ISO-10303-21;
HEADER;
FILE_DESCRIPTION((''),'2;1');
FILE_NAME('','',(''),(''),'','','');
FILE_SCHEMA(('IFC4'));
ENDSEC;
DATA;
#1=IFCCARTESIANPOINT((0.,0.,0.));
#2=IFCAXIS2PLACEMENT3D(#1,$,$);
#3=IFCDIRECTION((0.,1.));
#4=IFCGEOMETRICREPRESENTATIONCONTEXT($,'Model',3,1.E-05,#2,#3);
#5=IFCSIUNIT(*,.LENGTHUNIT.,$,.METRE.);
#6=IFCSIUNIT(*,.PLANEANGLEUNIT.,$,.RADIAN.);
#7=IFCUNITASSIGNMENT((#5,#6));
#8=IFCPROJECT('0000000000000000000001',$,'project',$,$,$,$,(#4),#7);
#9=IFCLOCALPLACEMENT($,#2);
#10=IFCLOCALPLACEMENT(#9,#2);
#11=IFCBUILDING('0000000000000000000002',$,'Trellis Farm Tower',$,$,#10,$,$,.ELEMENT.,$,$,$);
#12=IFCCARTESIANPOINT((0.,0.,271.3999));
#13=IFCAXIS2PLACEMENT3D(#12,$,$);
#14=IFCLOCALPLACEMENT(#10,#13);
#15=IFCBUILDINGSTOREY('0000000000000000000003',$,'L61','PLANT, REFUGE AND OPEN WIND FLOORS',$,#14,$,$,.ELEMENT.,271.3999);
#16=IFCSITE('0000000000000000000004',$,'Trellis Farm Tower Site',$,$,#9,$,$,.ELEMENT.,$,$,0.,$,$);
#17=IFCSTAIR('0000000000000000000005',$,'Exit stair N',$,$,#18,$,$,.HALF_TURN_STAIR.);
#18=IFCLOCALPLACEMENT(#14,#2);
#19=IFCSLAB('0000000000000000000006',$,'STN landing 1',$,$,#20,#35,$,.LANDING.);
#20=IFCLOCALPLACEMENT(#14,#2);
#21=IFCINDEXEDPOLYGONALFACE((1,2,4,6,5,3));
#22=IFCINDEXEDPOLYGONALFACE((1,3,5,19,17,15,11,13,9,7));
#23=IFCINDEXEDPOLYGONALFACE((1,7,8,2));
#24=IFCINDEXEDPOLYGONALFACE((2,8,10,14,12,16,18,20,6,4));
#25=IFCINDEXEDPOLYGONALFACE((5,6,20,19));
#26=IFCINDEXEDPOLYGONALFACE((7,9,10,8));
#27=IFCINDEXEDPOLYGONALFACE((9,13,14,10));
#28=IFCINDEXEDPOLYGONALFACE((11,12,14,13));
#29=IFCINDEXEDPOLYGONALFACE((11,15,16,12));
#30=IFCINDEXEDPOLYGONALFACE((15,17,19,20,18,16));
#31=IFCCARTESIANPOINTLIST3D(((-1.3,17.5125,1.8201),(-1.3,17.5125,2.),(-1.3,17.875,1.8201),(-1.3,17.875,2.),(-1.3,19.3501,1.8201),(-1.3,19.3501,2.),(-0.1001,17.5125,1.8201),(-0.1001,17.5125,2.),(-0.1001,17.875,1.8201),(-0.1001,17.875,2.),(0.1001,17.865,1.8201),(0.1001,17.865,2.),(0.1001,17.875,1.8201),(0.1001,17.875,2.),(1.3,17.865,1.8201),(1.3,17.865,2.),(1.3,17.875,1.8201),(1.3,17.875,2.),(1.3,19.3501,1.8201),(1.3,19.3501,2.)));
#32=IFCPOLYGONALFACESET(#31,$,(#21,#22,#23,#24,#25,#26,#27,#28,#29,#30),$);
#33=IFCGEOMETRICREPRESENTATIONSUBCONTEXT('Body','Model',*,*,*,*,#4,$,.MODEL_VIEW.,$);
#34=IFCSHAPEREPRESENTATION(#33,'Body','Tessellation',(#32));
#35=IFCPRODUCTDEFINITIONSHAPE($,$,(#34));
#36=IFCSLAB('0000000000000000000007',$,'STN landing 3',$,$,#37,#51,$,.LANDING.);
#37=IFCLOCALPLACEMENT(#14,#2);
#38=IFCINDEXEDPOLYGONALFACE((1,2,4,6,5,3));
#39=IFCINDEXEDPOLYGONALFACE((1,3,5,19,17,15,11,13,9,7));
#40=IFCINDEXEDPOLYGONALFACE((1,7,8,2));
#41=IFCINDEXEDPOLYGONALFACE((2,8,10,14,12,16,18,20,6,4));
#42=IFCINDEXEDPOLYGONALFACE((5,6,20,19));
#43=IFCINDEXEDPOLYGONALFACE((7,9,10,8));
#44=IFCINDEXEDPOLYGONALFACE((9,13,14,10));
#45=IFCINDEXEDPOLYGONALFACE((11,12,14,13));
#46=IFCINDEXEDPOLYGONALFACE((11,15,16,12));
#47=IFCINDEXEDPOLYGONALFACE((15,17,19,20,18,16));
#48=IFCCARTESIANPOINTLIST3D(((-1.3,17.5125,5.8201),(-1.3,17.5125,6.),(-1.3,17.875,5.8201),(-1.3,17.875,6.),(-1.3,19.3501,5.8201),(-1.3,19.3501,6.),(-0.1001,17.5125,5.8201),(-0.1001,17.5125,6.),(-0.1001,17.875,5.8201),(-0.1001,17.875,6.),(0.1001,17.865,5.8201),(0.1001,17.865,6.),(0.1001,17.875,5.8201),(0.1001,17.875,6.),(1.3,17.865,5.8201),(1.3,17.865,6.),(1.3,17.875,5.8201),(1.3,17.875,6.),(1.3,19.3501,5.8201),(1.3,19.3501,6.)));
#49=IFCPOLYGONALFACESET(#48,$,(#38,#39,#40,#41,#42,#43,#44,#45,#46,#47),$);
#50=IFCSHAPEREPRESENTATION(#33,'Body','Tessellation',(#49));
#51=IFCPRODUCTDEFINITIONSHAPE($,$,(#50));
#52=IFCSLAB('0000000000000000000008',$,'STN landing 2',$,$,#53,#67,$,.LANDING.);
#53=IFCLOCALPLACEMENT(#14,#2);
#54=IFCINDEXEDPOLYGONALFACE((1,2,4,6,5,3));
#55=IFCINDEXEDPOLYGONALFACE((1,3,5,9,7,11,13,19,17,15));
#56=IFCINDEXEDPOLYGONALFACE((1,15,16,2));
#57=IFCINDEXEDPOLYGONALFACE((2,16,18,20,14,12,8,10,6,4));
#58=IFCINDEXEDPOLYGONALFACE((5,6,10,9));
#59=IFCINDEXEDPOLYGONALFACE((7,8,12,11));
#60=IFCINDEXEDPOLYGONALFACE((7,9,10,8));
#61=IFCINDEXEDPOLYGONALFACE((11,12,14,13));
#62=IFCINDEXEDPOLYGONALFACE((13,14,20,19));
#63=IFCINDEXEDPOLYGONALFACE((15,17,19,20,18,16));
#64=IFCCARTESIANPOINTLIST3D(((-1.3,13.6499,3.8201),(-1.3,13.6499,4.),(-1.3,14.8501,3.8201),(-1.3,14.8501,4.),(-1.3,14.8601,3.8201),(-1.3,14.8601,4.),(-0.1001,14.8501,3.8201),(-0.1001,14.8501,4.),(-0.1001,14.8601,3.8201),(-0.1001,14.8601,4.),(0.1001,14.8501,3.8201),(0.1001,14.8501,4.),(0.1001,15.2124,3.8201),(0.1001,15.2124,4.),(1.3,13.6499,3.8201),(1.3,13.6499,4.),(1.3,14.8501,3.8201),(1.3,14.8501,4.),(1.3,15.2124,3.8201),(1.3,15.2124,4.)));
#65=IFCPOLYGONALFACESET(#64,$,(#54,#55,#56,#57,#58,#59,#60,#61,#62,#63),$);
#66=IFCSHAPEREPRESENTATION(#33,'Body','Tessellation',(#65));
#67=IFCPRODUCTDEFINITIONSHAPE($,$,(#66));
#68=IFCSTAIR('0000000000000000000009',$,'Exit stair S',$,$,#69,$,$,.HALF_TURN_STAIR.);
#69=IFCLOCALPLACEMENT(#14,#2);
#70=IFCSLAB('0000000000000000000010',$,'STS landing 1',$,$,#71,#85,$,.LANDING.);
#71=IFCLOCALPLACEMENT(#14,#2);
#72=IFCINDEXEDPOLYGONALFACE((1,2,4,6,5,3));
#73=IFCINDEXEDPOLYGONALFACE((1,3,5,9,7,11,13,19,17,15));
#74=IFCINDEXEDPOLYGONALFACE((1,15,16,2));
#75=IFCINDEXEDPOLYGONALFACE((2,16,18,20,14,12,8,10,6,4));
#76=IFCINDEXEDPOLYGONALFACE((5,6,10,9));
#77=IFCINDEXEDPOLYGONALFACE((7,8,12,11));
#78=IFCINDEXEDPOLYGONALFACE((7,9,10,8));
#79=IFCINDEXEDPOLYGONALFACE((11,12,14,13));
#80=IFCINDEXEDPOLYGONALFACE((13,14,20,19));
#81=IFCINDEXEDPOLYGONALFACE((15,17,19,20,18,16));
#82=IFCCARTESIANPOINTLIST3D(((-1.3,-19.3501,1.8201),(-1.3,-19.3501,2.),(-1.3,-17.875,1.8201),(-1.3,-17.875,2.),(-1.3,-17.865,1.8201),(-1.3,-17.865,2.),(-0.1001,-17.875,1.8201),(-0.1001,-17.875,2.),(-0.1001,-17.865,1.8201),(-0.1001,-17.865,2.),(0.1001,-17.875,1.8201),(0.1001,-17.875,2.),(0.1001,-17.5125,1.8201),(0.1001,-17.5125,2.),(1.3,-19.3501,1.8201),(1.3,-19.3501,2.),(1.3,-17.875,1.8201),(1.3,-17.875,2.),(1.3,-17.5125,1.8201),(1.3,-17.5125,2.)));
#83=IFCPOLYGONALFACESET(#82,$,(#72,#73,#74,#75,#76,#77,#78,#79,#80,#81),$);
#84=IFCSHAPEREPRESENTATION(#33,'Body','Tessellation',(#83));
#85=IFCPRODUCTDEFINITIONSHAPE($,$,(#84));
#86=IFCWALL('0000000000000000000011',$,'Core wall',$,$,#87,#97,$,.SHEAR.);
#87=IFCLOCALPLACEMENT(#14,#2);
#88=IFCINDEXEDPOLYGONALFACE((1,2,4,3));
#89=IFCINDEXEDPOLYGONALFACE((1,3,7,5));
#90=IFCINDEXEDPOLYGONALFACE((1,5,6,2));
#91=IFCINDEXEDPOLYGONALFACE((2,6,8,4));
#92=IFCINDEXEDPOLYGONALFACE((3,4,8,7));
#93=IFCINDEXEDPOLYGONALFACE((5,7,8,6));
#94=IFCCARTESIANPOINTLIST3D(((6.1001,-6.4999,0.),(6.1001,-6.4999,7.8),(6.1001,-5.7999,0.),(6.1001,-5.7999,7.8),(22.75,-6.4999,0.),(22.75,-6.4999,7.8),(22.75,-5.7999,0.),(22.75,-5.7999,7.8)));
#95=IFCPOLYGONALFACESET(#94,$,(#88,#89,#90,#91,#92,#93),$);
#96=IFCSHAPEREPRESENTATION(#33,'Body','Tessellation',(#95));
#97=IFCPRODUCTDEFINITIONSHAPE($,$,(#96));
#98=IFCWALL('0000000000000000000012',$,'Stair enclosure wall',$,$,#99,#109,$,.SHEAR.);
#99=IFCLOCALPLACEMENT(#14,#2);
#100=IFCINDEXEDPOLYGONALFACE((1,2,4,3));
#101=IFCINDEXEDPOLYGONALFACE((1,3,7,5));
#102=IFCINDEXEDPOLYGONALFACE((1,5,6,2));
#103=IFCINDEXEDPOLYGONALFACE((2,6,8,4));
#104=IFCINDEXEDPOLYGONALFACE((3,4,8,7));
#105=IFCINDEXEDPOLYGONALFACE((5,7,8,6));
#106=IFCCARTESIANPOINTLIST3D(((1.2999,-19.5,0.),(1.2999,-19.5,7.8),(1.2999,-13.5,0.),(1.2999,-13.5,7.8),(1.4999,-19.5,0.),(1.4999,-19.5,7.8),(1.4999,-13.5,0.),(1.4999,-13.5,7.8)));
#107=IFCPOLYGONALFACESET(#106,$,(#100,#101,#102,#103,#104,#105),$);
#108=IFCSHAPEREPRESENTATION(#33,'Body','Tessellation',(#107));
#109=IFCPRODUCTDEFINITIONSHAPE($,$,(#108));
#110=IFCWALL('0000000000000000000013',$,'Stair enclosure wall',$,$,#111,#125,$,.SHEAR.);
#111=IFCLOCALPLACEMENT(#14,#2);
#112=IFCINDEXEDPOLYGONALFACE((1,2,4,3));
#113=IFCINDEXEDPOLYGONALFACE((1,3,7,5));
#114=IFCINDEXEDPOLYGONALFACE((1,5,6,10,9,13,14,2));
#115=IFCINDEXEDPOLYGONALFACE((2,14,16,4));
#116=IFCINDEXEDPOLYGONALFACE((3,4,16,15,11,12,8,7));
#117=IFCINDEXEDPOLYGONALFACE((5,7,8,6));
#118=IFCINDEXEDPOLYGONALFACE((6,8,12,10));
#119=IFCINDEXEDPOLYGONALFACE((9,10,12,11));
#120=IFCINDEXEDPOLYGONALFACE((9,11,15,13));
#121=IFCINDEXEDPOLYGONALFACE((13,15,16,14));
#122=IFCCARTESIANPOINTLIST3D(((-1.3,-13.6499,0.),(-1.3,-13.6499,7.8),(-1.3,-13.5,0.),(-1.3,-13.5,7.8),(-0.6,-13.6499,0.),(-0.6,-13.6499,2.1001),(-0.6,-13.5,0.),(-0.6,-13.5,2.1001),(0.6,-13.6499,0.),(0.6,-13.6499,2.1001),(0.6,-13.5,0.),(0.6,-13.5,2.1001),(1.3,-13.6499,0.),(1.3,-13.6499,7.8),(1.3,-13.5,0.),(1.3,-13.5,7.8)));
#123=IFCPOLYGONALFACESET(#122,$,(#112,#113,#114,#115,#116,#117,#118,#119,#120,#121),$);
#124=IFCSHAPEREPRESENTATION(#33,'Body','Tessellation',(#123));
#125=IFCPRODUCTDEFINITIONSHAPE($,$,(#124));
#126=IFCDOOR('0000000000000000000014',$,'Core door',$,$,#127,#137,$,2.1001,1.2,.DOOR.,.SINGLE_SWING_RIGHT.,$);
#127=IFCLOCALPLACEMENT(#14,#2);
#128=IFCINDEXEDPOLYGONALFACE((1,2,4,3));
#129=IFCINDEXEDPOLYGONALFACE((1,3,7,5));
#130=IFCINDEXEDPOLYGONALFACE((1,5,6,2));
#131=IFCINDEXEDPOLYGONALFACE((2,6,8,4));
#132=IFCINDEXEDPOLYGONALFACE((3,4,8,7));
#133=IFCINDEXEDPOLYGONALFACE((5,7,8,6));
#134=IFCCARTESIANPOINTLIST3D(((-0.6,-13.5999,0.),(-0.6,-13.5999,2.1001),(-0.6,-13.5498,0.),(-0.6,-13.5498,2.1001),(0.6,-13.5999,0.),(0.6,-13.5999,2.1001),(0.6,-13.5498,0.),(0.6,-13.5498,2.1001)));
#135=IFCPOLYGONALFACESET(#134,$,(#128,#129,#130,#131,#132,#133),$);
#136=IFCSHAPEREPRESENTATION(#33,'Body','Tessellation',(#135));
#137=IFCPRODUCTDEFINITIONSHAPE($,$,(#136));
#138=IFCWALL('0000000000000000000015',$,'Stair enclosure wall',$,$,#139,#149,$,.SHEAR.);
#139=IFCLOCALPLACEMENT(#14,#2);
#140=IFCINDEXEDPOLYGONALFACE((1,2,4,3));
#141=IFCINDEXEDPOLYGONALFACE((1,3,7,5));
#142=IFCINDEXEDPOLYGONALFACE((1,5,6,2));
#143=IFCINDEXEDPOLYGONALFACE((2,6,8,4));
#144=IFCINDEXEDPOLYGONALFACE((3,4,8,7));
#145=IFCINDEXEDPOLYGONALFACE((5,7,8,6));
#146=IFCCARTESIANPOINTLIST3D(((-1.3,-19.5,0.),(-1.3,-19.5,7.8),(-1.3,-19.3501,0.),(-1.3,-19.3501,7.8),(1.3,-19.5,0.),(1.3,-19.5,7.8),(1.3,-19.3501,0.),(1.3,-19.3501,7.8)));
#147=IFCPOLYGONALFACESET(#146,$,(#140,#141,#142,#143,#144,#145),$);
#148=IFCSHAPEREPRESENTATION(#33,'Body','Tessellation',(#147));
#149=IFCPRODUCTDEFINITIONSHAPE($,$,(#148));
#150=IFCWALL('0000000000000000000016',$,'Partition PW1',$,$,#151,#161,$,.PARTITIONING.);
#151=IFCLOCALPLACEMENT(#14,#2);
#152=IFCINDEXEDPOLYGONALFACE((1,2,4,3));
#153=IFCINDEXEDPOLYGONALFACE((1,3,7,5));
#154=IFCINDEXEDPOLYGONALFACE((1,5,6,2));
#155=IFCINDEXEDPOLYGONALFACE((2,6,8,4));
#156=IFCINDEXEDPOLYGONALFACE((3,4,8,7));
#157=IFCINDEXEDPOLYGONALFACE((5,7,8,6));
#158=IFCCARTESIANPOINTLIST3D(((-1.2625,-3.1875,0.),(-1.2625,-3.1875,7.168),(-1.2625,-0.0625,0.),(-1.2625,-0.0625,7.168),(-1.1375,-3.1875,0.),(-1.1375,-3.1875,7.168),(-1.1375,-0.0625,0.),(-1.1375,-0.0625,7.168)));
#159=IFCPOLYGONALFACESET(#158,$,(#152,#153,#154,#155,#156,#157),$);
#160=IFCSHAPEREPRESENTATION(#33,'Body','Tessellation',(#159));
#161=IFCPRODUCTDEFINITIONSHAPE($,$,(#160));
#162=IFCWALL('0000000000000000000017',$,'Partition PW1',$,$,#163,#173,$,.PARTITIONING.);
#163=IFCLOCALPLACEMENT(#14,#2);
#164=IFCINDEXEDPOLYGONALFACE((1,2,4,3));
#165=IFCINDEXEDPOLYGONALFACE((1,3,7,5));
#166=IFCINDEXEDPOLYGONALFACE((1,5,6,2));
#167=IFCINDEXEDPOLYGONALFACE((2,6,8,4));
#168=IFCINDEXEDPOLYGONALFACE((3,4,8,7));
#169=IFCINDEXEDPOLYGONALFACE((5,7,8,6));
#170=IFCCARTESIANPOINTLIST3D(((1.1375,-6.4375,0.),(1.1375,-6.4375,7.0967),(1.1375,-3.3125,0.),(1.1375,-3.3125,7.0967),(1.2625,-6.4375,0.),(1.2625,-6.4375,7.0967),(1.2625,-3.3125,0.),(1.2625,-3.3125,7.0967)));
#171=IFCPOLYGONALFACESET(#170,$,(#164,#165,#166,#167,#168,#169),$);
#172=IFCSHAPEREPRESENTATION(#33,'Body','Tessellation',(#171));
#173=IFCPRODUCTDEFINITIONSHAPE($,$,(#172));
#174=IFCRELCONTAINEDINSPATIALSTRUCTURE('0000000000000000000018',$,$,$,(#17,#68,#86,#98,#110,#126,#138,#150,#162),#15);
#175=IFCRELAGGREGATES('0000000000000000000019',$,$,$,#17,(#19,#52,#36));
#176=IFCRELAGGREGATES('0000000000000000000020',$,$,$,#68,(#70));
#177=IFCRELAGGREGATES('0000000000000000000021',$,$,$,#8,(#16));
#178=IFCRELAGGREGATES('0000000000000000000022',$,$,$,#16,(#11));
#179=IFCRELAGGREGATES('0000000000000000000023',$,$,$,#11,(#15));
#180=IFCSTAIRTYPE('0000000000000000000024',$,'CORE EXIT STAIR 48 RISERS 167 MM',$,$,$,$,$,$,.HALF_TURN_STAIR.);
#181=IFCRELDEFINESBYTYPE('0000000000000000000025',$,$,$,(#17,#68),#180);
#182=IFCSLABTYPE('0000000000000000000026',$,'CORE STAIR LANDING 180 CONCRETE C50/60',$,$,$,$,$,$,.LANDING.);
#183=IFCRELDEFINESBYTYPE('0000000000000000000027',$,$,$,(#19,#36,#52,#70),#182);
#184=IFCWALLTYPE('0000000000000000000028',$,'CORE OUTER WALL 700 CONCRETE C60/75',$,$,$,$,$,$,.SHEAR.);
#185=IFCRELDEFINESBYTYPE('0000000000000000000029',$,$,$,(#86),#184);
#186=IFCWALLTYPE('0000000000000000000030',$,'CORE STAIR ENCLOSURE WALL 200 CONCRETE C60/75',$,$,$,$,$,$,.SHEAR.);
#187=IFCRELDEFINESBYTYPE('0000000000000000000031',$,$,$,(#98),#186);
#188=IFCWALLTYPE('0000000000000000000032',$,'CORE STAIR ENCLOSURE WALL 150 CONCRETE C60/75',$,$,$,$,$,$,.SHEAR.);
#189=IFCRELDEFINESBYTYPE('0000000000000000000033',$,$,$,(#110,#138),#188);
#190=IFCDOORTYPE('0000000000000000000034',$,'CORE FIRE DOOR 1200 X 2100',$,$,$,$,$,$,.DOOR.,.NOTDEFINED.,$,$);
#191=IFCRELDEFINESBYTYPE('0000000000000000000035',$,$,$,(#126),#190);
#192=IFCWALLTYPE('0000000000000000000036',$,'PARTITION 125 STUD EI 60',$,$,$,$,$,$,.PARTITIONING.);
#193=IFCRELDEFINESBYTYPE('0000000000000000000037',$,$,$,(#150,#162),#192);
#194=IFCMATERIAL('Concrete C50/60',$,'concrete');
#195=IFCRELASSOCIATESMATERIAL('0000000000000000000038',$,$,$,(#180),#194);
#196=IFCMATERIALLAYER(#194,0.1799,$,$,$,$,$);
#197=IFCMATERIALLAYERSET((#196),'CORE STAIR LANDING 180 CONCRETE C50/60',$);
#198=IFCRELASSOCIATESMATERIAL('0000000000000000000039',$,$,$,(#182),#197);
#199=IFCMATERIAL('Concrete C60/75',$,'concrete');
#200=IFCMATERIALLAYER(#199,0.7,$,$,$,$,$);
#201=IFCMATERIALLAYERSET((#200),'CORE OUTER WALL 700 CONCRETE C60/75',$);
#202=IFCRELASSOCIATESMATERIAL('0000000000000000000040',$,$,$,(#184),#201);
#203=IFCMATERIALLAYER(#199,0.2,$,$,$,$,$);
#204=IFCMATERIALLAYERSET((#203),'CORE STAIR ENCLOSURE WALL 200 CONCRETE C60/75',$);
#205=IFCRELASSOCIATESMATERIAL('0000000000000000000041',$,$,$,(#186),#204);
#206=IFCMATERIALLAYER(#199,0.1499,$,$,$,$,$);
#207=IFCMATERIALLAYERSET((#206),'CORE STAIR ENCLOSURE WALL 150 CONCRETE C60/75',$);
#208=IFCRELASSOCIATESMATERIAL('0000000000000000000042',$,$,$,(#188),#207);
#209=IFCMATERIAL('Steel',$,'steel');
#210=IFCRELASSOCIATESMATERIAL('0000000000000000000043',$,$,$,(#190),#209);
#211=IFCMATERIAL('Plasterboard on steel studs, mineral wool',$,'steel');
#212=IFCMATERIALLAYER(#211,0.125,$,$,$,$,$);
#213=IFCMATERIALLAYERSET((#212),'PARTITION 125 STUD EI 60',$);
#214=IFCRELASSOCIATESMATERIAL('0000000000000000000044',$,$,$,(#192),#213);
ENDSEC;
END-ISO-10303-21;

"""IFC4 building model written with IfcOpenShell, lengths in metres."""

from ifc_helpers import new_model, si_unit, direction, frame, frame_2d, origin, place, context, subcontext, project, spatial, polyline, rectangle, outline, extrude, source, transform, mapped, material, layer, layer_set, type_object, element, fill, aggregate, save


model = new_model("IFC4")

# Units and contexts
model_context = context("Model", 3, precision=1e-05, world=origin(), true_north=direction((0.0, 1.0)))
body_context = subcontext(model_context, "Body", "Model", "MODEL_VIEW")
ifc_project = project(units=[si_unit("LENGTHUNIT", "METRE"), si_unit("PLANEANGLEUNIT", "RADIAN")], contexts=[model_context])

# Site, building, storey
site_placement = place(None, origin())
site = spatial("IfcSite", under=ifc_project, at=site_placement, Name="Trellis Farm Tower Site", CompositionType="ELEMENT", RefElevation=0.0)
building_placement = place(site_placement, origin())
building = spatial("IfcBuilding", under=site, at=building_placement, Name="Trellis Farm Tower", CompositionType="ELEMENT")
storey_placement = place(building_placement, frame((0.0, 0.0, 271.3999)))
storey = spatial("IfcBuildingStorey", under=building, at=storey_placement, Name="L61", Description="PLANT, REFUGE AND OPEN WIND FLOORS", CompositionType="ELEMENT", Elevation=271.3999)

# Shared definitions
ifc_material_1 = material(Name="Concrete C60/75", Category="concrete")

# Stair, slabs
ifc_material_2 = material(Name="Concrete C50/60", Category="concrete")
stair_type = type_object("IfcStairType", Name="CORE EXIT STAIR 48 RISERS 167 MM", PredefinedType="HALF_TURN_STAIR", material=ifc_material_2)
placement_1 = place(storey_placement, origin())
stair_1 = element("IfcStair", 1, at=placement_1, inside=storey, type_object=stair_type, Name="Exit stair N", PredefinedType="HALF_TURN_STAIR")
ifc_layer_1 = layer(ifc_material_2, 0.1799)
ifc_layer_set_1 = layer_set([ifc_layer_1], Name="CORE STAIR LANDING 180 CONCRETE C50/60")
slab_type_1 = type_object("IfcSlabType", Name="CORE STAIR LANDING 180 CONCRETE C50/60", PredefinedType="LANDING", material=ifc_layer_set_1)
shared_shape_1 = source(origin(), body_context, "Body", "SweptSolid", [
    extrude(outline(polyline([(-0.1001, 17.5125), (-1.3, 17.5125), (-1.3, 17.875), (-1.3, 19.3501), (1.3, 19.3501), (1.3, 17.875), (1.3, 17.865), (0.1001, 17.865), (0.1001, 17.875), (-0.1001, 17.875), (-0.1001, 17.5125)])), origin(), (0.0, 0.0, 1.0), 0.1799),
])
placement_2 = place(storey_placement, frame((0.0, 0.0, 1.8201)))
slab_1 = element("IfcSlab", 2, at=placement_2, type_object=slab_type_1, Name="STN landing 1", PredefinedType="LANDING", context=body_context, shape_type="MappedRepresentation", body=[
    mapped(shared_shape_1, transform((0.0, 0.0, 0.0))),
])
slab_2_placement = place(storey_placement, frame((0.0, 0.0, 5.8201)))
slab_2 = element("IfcSlab", 3, at=slab_2_placement, type_object=slab_type_1, Name="STN landing 3", PredefinedType="LANDING", context=body_context, shape_type="MappedRepresentation", body=[
    mapped(shared_shape_1, transform((0.0, 0.0, 0.0))),
])
shared_shape_2 = source(origin(), body_context, "Body", "SweptSolid", [
    extrude(outline(polyline([(1.3, 13.6499), (-1.3, 13.6499), (-1.3, 14.8501), (-1.3, 14.8601), (-0.1001, 14.8601), (-0.1001, 14.8501), (0.1001, 14.8501), (0.1001, 15.2124), (1.3, 15.2124), (1.3, 14.8501), (1.3, 13.6499)])), origin(), (0.0, 0.0, 1.0), 0.1799),
])
slab_3_placement = place(storey_placement, frame((0.0, 0.0, 3.8201)))
slab_3 = element("IfcSlab", 4, at=slab_3_placement, type_object=slab_type_1, Name="STN landing 2", PredefinedType="LANDING", context=body_context, shape_type="MappedRepresentation", body=[
    mapped(shared_shape_2, transform((0.0, 0.0, 0.0))),
])
aggregate(stair_1, [slab_1, slab_3, slab_2])

# Stair, slab
stair_2 = element("IfcStair", 5, at=placement_1, inside=storey, type_object=stair_type, Name="Exit stair S", PredefinedType="HALF_TURN_STAIR")
shared_shape_3 = source(origin(), body_context, "Body", "SweptSolid", [
    extrude(outline(polyline([(1.3, -19.3501), (-1.3, -19.3501), (-1.3, -17.875), (-1.3, -17.865), (-0.1001, -17.865), (-0.1001, -17.875), (0.1001, -17.875), (0.1001, -17.5125), (1.3, -17.5125), (1.3, -17.875), (1.3, -19.3501)])), origin(), (0.0, 0.0, 1.0), 0.1799),
])
slab_4 = element("IfcSlab", 6, at=placement_2, type_object=slab_type_1, Name="STS landing 1", PredefinedType="LANDING", context=body_context, shape_type="MappedRepresentation", body=[
    mapped(shared_shape_3, transform((0.0, 0.0, 0.0))),
])

# Walls
ifc_layer_2 = layer(ifc_material_1, 0.7)
ifc_layer_set_2 = layer_set([ifc_layer_2], Name="CORE OUTER WALL 700 CONCRETE C60/75")
wall_type_1 = type_object("IfcWallType", Name="CORE OUTER WALL 700 CONCRETE C60/75", PredefinedType="SHEAR", material=ifc_layer_set_2)
shared_shape_4 = source(origin(), body_context, "Body", "SweptSolid", [
    extrude(rectangle(XDim=16.6499, YDim=0.7, at=frame_2d((8.325, 0.0))), origin(), (0.0, 0.0, 1.0), 7.8),
])
wall_1_placement = place(storey_placement, frame((6.1001, -6.1499, 0.0), z_axis=(0.0, 0.0, 1.0), x_axis=(1.0, 0.0, 0.0)))
element("IfcWall", 7, at=wall_1_placement, inside=storey, type_object=wall_type_1, Name="Core wall", PredefinedType="SHEAR", context=body_context, shape_type="MappedRepresentation", body=[
    mapped(shared_shape_4, transform((0.0, 0.0, 0.0))),
])
ifc_layer_3 = layer(ifc_material_1, 0.2)
ifc_layer_set_3 = layer_set([ifc_layer_3], Name="CORE STAIR ENCLOSURE WALL 200 CONCRETE C60/75")
wall_type_2 = type_object("IfcWallType", Name="CORE STAIR ENCLOSURE WALL 200 CONCRETE C60/75", PredefinedType="SHEAR", material=ifc_layer_set_3)
shared_shape_5 = source(origin(), body_context, "Body", "SweptSolid", [
    extrude(rectangle(XDim=6.0, YDim=0.2, at=frame_2d((3.0, 0.0))), origin(), (0.0, 0.0, 1.0), 7.8),
])
wall_2_placement = place(storey_placement, frame((1.3999, -13.5, 0.0), z_axis=(0.0, 0.0, 1.0), x_axis=(0.0, -1.0, 0.0)))
element("IfcWall", 8, at=wall_2_placement, inside=storey, type_object=wall_type_2, Name="Stair enclosure wall", PredefinedType="SHEAR", context=body_context, shape_type="MappedRepresentation", body=[
    mapped(shared_shape_5, transform((0.0, 0.0, 0.0))),
])

# Wall, opening, door
ifc_layer_4 = layer(ifc_material_1, 0.1499)
ifc_layer_set_4 = layer_set([ifc_layer_4], Name="CORE STAIR ENCLOSURE WALL 150 CONCRETE C60/75")
wall_type_3 = type_object("IfcWallType", Name="CORE STAIR ENCLOSURE WALL 150 CONCRETE C60/75", PredefinedType="SHEAR", material=ifc_layer_set_4)
shared_shape_6 = source(origin(), body_context, "Body", "SweptSolid", [
    extrude(rectangle(XDim=2.6001, YDim=0.1499, at=frame_2d((1.3, 0.0))), origin(), (0.0, 0.0, 1.0), 7.8),
])
wall_3_placement = place(storey_placement, frame((1.3, -13.575, 0.0), z_axis=(0.0, 0.0, 1.0), x_axis=(-1.0, 0.0, 0.0)))
wall_3 = element("IfcWall", 9, at=wall_3_placement, inside=storey, type_object=wall_type_3, Name="Stair enclosure wall", PredefinedType="SHEAR", context=body_context, shape_type="MappedRepresentation", body=[
    mapped(shared_shape_6, transform((0.0, 0.0, 0.0))),
])
shared_shape_7 = source(origin(), body_context, "Body", "SweptSolid", [
    extrude(rectangle(XDim=1.2, YDim=2.1001, at=frame_2d((0.6001, 1.05))), frame((0.0, 0.085, 0.0), z_axis=(0.0, -1.0, 0.0), x_axis=(1.0, 0.0, 0.0)), (0.0, 0.0, 1.0), 0.1699),
])
opening_1_placement = place(wall_3_placement, frame((0.7, 0.0, 0.0)))
opening_1 = element("IfcOpeningElement", 10, at=opening_1_placement, cuts=wall_3, PredefinedType="OPENING", context=body_context, shape_type="MappedRepresentation", body=[
    mapped(shared_shape_7, transform((0.0, 0.0, 0.0))),
])
ifc_material_3 = material(Name="Steel", Category="steel")
door_type_1 = type_object("IfcDoorType", Name="CORE FIRE DOOR 1200 X 2100", OperationType="NOTDEFINED", PredefinedType="DOOR", material=ifc_material_3)
shared_shape_8 = source(origin(), body_context, "Body", "SweptSolid", [
    extrude(rectangle(XDim=1.2, YDim=2.1001, at=frame_2d((0.6001, 1.05))), frame((0.0, 0.0249, 0.0), z_axis=(0.0, -1.0, 0.0), x_axis=(1.0, 0.0, 0.0)), (0.0, 0.0, 1.0), 0.05),
])
door_1_placement = place(opening_1_placement, origin())
door_1 = element("IfcDoor", 11, at=door_1_placement, inside=storey, type_object=door_type_1, Name="Core door", OperationType="SINGLE_SWING_RIGHT", OverallHeight=2.1001, OverallWidth=1.2, PredefinedType="DOOR", context=body_context, shape_type="MappedRepresentation", body=[
    mapped(shared_shape_8, transform((0.0, 0.0, 0.0))),
])
fill(opening_1, door_1)

# Walls
wall_4_placement = place(storey_placement, frame((1.3, -19.425, 0.0), z_axis=(0.0, 0.0, 1.0), x_axis=(-1.0, 0.0, 0.0)))
element("IfcWall", 12, at=wall_4_placement, inside=storey, type_object=wall_type_3, Name="Stair enclosure wall", PredefinedType="SHEAR", context=body_context, shape_type="MappedRepresentation", body=[
    mapped(shared_shape_6, transform((0.0, 0.0, 0.0))),
])
ifc_material_4 = material(Name="Plasterboard on steel studs, mineral wool", Category="steel")
ifc_layer_5 = layer(ifc_material_4, 0.125)
ifc_layer_set_5 = layer_set([ifc_layer_5], Name="PARTITION 125 STUD EI 60")
wall_type_4 = type_object("IfcWallType", Name="PARTITION 125 STUD EI 60", PredefinedType="PARTITIONING", material=ifc_layer_set_5)
shared_shape_9 = source(origin(), body_context, "Body", "SweptSolid", [
    extrude(rectangle(XDim=3.125, YDim=0.125, at=frame_2d((1.5625, 0.0))), origin(), (0.0, 0.0, 1.0), 7.168),
])
wall_5_placement = place(storey_placement, frame((-1.2, -0.0625, 0.0), z_axis=(0.0, 0.0, 1.0), x_axis=(0.0, -1.0, 0.0)))
element("IfcWall", 13, at=wall_5_placement, inside=storey, type_object=wall_type_4, Name="Partition PW1", PredefinedType="PARTITIONING", context=body_context, shape_type="MappedRepresentation", body=[
    mapped(shared_shape_9, transform((0.0, 0.0, 0.0))),
])
shared_shape_10 = source(origin(), body_context, "Body", "SweptSolid", [
    extrude(rectangle(XDim=3.125, YDim=0.125, at=frame_2d((1.5625, 0.0))), origin(), (0.0, 0.0, 1.0), 7.0967),
])
wall_6_placement = place(storey_placement, frame((1.2, -3.3125, 0.0), z_axis=(0.0, 0.0, 1.0), x_axis=(0.0, -1.0, 0.0)))
element("IfcWall", 14, at=wall_6_placement, inside=storey, type_object=wall_type_4, Name="Partition PW1", PredefinedType="PARTITIONING", context=body_context, shape_type="MappedRepresentation", body=[
    mapped(shared_shape_10, transform((0.0, 0.0, 0.0))),
])

aggregate(stair_2, [slab_4])

save(model, "model.ifc")
